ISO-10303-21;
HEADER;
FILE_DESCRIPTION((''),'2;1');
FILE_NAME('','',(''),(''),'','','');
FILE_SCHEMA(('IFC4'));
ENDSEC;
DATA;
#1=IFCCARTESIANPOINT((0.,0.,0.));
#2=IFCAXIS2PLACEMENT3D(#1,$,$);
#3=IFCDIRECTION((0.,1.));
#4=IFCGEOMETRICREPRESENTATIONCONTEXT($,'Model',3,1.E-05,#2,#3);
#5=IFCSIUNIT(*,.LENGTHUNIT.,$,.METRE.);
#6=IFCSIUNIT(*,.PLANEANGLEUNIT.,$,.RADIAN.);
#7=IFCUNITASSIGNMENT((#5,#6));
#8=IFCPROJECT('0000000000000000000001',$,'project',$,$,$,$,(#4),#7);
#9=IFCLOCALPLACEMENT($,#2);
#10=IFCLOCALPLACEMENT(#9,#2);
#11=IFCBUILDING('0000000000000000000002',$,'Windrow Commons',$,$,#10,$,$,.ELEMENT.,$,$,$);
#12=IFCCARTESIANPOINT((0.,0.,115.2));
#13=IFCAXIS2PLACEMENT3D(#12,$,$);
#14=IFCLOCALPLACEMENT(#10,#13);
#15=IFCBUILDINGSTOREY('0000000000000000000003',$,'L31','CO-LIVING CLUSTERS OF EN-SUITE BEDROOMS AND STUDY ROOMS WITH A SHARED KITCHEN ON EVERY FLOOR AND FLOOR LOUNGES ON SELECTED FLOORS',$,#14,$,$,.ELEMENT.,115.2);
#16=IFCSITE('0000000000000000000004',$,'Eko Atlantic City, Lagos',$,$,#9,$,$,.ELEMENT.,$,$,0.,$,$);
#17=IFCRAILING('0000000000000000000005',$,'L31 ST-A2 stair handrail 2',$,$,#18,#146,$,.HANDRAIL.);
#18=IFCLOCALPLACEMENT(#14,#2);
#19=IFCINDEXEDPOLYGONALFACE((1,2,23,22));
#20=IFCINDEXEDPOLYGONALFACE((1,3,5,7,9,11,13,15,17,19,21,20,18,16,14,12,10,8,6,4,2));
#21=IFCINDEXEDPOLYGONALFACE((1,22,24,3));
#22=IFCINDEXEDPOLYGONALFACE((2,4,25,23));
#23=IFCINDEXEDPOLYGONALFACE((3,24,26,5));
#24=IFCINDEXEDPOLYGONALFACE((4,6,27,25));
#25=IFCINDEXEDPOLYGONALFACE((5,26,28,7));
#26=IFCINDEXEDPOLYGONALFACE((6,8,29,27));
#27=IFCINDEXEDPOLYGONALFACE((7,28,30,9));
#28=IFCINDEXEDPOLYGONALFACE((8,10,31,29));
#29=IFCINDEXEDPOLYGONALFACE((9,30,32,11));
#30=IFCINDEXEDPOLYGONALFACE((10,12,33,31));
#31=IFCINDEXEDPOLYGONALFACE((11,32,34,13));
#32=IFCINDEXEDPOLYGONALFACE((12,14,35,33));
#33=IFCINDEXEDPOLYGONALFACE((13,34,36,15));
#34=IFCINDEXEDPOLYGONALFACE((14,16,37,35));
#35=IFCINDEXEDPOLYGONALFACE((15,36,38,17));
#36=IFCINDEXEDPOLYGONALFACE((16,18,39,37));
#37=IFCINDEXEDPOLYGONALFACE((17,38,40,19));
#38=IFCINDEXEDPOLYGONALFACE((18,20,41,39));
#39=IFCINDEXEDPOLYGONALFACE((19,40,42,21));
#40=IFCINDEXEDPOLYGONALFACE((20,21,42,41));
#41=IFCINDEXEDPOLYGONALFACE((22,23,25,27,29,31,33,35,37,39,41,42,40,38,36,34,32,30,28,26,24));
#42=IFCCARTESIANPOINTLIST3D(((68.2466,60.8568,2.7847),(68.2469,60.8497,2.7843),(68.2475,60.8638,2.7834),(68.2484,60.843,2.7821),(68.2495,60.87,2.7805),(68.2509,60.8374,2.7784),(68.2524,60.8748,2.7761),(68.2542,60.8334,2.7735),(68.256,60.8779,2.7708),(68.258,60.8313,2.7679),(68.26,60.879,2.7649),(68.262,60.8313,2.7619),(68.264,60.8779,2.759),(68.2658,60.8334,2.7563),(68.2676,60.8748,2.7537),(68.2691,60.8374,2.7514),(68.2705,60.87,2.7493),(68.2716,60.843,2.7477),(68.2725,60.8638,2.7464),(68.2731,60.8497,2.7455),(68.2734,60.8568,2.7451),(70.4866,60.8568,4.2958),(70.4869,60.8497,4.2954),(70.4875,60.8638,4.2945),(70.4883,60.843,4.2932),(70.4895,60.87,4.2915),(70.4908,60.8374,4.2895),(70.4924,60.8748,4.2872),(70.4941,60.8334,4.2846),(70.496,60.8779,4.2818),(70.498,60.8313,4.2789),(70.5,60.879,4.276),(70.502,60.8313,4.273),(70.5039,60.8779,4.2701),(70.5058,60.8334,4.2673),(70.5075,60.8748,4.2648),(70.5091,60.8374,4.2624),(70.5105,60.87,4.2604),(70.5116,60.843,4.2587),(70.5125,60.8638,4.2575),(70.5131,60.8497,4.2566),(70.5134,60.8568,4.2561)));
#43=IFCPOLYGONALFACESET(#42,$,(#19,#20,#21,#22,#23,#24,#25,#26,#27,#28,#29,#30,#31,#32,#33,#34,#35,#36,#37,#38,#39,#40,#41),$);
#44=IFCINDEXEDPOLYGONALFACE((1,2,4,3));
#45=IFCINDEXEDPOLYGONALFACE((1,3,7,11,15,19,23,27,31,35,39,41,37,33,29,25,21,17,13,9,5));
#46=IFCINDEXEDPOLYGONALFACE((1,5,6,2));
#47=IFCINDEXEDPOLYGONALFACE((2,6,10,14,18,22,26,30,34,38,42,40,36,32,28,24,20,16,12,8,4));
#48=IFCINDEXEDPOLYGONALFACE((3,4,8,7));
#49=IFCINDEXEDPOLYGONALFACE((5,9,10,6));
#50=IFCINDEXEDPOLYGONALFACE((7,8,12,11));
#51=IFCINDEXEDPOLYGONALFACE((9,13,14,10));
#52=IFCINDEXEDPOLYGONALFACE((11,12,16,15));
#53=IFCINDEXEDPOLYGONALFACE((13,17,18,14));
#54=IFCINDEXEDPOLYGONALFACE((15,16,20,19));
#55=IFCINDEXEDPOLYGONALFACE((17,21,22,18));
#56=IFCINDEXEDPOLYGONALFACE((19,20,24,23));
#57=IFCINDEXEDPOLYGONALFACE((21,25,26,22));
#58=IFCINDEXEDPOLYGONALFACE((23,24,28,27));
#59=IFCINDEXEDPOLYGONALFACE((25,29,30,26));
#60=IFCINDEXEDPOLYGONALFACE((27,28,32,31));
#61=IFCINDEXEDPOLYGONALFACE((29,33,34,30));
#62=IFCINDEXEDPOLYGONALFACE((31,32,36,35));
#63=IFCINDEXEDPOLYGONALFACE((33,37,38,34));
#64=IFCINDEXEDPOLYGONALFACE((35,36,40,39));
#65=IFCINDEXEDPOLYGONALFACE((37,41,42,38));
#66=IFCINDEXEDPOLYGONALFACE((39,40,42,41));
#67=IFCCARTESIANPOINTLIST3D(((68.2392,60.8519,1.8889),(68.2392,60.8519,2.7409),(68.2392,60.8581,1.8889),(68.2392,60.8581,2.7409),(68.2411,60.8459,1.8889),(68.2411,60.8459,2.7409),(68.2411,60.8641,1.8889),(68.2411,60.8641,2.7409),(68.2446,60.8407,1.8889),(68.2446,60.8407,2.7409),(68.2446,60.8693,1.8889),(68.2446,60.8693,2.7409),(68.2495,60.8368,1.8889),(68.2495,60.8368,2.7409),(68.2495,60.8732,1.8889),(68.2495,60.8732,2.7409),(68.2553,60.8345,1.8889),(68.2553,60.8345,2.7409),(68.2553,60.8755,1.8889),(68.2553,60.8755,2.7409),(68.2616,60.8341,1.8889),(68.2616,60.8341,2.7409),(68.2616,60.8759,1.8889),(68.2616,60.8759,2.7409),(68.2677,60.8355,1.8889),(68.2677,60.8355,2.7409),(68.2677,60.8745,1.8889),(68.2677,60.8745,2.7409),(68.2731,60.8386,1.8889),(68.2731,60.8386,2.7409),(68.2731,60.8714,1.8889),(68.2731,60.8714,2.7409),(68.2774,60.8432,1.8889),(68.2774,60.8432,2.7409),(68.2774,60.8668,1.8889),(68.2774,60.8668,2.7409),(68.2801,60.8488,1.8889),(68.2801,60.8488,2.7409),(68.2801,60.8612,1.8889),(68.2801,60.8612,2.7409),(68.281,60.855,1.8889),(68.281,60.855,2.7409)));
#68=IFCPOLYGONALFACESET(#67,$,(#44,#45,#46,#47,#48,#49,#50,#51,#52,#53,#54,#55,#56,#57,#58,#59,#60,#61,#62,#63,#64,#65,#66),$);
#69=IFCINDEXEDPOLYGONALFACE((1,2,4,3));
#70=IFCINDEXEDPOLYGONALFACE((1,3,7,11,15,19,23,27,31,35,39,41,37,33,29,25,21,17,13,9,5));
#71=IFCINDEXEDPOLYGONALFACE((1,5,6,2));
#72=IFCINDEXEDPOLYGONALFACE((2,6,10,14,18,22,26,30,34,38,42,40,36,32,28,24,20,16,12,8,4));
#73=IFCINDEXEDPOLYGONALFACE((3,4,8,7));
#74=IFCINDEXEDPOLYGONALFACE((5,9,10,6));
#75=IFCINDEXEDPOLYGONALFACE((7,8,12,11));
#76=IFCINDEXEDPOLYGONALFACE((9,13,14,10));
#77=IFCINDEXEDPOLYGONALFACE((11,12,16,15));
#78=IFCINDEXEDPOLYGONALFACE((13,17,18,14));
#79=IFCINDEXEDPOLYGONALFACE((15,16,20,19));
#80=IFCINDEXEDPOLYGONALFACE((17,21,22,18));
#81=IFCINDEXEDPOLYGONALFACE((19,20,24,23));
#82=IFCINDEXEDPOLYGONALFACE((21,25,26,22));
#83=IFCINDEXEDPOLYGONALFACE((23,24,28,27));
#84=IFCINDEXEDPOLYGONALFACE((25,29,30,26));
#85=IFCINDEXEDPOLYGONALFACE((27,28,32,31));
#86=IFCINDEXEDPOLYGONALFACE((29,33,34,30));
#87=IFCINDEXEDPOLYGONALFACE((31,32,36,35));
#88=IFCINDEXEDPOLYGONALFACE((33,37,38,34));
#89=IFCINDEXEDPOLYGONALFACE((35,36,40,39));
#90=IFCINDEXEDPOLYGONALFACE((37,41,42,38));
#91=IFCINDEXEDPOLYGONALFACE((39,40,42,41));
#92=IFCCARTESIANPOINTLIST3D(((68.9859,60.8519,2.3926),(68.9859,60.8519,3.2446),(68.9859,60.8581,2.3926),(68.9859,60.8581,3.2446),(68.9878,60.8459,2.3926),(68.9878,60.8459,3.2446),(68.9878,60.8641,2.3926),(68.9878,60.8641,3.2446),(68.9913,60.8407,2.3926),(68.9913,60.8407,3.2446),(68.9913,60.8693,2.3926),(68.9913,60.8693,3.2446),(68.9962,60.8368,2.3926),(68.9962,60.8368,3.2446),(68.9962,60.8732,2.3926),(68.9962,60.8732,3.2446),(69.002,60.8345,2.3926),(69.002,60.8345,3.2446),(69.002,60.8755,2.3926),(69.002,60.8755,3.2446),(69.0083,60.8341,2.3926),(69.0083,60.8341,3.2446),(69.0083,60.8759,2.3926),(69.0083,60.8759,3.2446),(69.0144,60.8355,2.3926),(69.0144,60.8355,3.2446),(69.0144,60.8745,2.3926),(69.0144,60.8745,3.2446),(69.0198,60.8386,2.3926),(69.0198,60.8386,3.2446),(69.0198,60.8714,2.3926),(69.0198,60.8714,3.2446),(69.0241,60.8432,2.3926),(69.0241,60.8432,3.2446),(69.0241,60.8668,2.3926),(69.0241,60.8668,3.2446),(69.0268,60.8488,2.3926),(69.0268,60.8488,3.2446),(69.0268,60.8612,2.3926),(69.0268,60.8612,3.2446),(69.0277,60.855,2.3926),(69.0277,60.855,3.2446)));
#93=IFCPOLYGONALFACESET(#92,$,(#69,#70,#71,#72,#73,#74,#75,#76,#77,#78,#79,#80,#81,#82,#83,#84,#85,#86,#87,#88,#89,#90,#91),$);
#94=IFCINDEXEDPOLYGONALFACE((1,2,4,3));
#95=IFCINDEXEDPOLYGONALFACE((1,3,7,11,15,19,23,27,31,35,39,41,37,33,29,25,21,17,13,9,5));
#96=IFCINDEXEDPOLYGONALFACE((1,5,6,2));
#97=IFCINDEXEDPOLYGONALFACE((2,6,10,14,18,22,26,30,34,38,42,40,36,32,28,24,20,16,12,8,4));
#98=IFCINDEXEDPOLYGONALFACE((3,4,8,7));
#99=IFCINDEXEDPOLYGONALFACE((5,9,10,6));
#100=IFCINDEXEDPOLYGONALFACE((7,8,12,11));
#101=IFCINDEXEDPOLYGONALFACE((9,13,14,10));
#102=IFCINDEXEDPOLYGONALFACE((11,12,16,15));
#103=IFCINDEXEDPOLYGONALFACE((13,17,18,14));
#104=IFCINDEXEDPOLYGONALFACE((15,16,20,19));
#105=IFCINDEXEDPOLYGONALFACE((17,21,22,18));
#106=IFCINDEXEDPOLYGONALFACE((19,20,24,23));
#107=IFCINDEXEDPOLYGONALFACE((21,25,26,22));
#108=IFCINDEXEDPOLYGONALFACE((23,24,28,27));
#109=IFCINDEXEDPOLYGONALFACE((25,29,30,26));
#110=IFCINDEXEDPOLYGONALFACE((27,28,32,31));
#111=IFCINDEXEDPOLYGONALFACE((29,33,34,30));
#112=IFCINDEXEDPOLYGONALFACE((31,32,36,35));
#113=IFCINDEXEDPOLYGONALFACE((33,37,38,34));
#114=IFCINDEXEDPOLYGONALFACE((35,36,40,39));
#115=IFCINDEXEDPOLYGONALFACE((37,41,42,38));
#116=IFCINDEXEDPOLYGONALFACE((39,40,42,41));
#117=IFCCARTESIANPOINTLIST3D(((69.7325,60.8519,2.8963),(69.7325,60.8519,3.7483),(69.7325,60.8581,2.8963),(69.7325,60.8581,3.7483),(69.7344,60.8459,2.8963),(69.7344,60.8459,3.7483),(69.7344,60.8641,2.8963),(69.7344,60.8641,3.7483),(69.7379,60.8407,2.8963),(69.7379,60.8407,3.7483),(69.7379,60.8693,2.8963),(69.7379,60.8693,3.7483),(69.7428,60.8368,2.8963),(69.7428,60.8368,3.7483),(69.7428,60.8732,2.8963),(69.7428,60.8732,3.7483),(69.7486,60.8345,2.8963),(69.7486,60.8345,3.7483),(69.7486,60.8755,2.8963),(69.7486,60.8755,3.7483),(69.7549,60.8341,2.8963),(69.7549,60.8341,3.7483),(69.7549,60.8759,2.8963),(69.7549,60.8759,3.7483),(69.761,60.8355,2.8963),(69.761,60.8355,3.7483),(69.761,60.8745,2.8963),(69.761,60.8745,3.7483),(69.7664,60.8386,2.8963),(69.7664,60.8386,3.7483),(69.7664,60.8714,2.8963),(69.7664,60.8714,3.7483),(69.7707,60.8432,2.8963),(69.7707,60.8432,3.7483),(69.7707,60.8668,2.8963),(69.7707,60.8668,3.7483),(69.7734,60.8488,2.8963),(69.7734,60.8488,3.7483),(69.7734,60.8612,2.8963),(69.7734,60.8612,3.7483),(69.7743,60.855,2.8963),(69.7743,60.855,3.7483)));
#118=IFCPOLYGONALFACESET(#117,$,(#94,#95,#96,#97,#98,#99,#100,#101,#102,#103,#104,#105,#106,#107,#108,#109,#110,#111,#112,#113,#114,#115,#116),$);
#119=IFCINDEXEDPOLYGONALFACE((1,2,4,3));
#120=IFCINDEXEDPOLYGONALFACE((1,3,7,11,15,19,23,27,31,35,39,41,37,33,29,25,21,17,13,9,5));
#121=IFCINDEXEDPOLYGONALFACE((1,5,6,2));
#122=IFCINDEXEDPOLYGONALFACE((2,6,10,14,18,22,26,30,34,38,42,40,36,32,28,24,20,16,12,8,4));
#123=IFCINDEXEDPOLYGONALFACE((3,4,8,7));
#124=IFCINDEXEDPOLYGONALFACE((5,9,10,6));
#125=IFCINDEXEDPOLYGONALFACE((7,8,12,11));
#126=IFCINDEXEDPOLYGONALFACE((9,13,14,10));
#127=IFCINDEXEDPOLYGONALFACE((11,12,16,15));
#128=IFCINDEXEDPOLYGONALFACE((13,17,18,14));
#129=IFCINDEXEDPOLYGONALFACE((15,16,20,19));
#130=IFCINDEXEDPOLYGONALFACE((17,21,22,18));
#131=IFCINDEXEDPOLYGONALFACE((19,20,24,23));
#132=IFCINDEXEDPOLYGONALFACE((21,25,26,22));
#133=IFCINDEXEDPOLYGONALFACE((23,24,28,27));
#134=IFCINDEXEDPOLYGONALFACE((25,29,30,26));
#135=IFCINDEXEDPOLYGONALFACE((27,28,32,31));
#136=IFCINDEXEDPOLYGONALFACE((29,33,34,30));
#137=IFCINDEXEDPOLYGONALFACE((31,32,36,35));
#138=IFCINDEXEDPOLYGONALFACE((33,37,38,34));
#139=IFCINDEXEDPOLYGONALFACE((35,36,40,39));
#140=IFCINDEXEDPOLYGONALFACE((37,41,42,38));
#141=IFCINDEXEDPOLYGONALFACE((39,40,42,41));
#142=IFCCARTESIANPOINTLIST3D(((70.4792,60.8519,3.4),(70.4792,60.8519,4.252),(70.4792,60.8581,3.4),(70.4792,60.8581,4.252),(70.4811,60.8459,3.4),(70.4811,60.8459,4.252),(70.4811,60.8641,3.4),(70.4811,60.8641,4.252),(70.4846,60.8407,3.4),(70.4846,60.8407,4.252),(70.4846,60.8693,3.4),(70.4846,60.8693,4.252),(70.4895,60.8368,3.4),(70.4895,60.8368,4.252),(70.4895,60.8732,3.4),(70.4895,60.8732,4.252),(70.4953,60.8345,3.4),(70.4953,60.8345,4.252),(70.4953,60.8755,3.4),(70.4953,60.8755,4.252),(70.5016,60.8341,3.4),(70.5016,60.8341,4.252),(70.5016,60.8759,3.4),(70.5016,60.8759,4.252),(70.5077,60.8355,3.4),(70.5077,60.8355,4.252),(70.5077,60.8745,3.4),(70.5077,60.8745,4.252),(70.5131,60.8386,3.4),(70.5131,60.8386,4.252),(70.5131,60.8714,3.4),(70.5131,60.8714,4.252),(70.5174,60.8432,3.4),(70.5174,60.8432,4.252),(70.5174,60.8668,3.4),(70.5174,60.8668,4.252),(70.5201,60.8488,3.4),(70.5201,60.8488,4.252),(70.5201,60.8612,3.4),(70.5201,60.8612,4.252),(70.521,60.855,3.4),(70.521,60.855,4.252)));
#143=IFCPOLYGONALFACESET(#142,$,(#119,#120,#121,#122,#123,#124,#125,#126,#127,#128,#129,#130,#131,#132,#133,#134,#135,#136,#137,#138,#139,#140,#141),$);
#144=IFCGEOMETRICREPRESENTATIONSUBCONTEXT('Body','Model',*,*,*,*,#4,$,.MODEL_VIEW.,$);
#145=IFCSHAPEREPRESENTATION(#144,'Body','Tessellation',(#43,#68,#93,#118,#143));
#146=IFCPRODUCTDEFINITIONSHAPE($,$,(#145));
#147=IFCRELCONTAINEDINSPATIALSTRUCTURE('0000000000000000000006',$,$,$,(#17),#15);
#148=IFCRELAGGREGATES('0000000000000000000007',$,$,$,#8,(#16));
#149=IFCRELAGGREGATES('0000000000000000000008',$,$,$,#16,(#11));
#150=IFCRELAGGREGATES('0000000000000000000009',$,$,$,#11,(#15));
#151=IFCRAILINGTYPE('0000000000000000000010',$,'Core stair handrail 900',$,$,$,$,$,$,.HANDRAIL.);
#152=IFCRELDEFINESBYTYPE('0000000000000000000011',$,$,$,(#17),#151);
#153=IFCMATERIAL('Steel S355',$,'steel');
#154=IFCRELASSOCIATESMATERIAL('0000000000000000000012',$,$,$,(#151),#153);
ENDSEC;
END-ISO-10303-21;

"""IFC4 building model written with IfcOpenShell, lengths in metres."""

from ifc_helpers import new_model, si_unit, direction, frame, origin, origin_2d, place, context, subcontext, project, spatial, circle, extrude, material, type_object, element, save


model = new_model("IFC4")

# Units and contexts
model_context = context("Model", 3, precision=1e-05, world=origin(), true_north=direction((0.0, 1.0)))
body_context = subcontext(model_context, "Body", "Model", "MODEL_VIEW")
ifc_project = project(units=[si_unit("LENGTHUNIT", "METRE"), si_unit("PLANEANGLEUNIT", "RADIAN")], contexts=[model_context])

# Site, building, storey
site_placement = place(None, origin())
site = spatial("IfcSite", under=ifc_project, at=site_placement, Name="Eko Atlantic City, Lagos", CompositionType="ELEMENT", RefElevation=0.0)
building_placement = place(site_placement, origin())
building = spatial("IfcBuilding", under=site, at=building_placement, Name="Windrow Commons", CompositionType="ELEMENT")
storey_placement = place(building_placement, frame((0.0, 0.0, 115.2)))
storey = spatial("IfcBuildingStorey", under=building, at=storey_placement, Name="L31", Description="CO-LIVING CLUSTERS OF EN-SUITE BEDROOMS AND STUDY ROOMS WITH A SHARED KITCHEN ON EVERY FLOOR AND FLOOR LOUNGES ON SELECTED FLOORS", CompositionType="ELEMENT", Elevation=115.2)

# Railing
ifc_material_1 = material(Name="Steel S355", Category="steel")
railing_type = type_object("IfcRailingType", Name="Core stair handrail 900", PredefinedType="HANDRAIL", material=ifc_material_1)
for number, where, name in (
    (1, (68.26, 60.855, 1.8889), "L31 ST-A2 stair handrail 2"),
):
    element("IfcRailing", number, at=place(storey_placement, frame(where)), inside=storey, type_object=railing_type, Name=name, PredefinedType="HANDRAIL", context=body_context, shape_type="SweptSolid", body=[
        extrude(circle(Radius=0.024, at=origin_2d()), frame((0.0, 0.0, 0.876), z_axis=(0.829003, 0.0, 0.559244), x_axis=(0.0, 1.0, 0.0)), (0.0, 0.0, 1.0), 2.702),
        extrude(circle(Radius=0.021, at=origin_2d()), origin(), (0.0, 0.0, 1.0), 0.852),
        extrude(circle(Radius=0.021, at=origin_2d()), frame((0.7467, 0.0, 0.5037)), (0.0, 0.0, 1.0), 0.852),
        extrude(circle(Radius=0.021, at=origin_2d()), frame((1.4933, 0.0, 1.0074)), (0.0, 0.0, 1.0), 0.852),
        extrude(circle(Radius=0.021, at=origin_2d()), frame((2.24, 0.0, 1.5111)), (0.0, 0.0, 1.0), 0.852),
    ])

save(model, "model.ifc")
